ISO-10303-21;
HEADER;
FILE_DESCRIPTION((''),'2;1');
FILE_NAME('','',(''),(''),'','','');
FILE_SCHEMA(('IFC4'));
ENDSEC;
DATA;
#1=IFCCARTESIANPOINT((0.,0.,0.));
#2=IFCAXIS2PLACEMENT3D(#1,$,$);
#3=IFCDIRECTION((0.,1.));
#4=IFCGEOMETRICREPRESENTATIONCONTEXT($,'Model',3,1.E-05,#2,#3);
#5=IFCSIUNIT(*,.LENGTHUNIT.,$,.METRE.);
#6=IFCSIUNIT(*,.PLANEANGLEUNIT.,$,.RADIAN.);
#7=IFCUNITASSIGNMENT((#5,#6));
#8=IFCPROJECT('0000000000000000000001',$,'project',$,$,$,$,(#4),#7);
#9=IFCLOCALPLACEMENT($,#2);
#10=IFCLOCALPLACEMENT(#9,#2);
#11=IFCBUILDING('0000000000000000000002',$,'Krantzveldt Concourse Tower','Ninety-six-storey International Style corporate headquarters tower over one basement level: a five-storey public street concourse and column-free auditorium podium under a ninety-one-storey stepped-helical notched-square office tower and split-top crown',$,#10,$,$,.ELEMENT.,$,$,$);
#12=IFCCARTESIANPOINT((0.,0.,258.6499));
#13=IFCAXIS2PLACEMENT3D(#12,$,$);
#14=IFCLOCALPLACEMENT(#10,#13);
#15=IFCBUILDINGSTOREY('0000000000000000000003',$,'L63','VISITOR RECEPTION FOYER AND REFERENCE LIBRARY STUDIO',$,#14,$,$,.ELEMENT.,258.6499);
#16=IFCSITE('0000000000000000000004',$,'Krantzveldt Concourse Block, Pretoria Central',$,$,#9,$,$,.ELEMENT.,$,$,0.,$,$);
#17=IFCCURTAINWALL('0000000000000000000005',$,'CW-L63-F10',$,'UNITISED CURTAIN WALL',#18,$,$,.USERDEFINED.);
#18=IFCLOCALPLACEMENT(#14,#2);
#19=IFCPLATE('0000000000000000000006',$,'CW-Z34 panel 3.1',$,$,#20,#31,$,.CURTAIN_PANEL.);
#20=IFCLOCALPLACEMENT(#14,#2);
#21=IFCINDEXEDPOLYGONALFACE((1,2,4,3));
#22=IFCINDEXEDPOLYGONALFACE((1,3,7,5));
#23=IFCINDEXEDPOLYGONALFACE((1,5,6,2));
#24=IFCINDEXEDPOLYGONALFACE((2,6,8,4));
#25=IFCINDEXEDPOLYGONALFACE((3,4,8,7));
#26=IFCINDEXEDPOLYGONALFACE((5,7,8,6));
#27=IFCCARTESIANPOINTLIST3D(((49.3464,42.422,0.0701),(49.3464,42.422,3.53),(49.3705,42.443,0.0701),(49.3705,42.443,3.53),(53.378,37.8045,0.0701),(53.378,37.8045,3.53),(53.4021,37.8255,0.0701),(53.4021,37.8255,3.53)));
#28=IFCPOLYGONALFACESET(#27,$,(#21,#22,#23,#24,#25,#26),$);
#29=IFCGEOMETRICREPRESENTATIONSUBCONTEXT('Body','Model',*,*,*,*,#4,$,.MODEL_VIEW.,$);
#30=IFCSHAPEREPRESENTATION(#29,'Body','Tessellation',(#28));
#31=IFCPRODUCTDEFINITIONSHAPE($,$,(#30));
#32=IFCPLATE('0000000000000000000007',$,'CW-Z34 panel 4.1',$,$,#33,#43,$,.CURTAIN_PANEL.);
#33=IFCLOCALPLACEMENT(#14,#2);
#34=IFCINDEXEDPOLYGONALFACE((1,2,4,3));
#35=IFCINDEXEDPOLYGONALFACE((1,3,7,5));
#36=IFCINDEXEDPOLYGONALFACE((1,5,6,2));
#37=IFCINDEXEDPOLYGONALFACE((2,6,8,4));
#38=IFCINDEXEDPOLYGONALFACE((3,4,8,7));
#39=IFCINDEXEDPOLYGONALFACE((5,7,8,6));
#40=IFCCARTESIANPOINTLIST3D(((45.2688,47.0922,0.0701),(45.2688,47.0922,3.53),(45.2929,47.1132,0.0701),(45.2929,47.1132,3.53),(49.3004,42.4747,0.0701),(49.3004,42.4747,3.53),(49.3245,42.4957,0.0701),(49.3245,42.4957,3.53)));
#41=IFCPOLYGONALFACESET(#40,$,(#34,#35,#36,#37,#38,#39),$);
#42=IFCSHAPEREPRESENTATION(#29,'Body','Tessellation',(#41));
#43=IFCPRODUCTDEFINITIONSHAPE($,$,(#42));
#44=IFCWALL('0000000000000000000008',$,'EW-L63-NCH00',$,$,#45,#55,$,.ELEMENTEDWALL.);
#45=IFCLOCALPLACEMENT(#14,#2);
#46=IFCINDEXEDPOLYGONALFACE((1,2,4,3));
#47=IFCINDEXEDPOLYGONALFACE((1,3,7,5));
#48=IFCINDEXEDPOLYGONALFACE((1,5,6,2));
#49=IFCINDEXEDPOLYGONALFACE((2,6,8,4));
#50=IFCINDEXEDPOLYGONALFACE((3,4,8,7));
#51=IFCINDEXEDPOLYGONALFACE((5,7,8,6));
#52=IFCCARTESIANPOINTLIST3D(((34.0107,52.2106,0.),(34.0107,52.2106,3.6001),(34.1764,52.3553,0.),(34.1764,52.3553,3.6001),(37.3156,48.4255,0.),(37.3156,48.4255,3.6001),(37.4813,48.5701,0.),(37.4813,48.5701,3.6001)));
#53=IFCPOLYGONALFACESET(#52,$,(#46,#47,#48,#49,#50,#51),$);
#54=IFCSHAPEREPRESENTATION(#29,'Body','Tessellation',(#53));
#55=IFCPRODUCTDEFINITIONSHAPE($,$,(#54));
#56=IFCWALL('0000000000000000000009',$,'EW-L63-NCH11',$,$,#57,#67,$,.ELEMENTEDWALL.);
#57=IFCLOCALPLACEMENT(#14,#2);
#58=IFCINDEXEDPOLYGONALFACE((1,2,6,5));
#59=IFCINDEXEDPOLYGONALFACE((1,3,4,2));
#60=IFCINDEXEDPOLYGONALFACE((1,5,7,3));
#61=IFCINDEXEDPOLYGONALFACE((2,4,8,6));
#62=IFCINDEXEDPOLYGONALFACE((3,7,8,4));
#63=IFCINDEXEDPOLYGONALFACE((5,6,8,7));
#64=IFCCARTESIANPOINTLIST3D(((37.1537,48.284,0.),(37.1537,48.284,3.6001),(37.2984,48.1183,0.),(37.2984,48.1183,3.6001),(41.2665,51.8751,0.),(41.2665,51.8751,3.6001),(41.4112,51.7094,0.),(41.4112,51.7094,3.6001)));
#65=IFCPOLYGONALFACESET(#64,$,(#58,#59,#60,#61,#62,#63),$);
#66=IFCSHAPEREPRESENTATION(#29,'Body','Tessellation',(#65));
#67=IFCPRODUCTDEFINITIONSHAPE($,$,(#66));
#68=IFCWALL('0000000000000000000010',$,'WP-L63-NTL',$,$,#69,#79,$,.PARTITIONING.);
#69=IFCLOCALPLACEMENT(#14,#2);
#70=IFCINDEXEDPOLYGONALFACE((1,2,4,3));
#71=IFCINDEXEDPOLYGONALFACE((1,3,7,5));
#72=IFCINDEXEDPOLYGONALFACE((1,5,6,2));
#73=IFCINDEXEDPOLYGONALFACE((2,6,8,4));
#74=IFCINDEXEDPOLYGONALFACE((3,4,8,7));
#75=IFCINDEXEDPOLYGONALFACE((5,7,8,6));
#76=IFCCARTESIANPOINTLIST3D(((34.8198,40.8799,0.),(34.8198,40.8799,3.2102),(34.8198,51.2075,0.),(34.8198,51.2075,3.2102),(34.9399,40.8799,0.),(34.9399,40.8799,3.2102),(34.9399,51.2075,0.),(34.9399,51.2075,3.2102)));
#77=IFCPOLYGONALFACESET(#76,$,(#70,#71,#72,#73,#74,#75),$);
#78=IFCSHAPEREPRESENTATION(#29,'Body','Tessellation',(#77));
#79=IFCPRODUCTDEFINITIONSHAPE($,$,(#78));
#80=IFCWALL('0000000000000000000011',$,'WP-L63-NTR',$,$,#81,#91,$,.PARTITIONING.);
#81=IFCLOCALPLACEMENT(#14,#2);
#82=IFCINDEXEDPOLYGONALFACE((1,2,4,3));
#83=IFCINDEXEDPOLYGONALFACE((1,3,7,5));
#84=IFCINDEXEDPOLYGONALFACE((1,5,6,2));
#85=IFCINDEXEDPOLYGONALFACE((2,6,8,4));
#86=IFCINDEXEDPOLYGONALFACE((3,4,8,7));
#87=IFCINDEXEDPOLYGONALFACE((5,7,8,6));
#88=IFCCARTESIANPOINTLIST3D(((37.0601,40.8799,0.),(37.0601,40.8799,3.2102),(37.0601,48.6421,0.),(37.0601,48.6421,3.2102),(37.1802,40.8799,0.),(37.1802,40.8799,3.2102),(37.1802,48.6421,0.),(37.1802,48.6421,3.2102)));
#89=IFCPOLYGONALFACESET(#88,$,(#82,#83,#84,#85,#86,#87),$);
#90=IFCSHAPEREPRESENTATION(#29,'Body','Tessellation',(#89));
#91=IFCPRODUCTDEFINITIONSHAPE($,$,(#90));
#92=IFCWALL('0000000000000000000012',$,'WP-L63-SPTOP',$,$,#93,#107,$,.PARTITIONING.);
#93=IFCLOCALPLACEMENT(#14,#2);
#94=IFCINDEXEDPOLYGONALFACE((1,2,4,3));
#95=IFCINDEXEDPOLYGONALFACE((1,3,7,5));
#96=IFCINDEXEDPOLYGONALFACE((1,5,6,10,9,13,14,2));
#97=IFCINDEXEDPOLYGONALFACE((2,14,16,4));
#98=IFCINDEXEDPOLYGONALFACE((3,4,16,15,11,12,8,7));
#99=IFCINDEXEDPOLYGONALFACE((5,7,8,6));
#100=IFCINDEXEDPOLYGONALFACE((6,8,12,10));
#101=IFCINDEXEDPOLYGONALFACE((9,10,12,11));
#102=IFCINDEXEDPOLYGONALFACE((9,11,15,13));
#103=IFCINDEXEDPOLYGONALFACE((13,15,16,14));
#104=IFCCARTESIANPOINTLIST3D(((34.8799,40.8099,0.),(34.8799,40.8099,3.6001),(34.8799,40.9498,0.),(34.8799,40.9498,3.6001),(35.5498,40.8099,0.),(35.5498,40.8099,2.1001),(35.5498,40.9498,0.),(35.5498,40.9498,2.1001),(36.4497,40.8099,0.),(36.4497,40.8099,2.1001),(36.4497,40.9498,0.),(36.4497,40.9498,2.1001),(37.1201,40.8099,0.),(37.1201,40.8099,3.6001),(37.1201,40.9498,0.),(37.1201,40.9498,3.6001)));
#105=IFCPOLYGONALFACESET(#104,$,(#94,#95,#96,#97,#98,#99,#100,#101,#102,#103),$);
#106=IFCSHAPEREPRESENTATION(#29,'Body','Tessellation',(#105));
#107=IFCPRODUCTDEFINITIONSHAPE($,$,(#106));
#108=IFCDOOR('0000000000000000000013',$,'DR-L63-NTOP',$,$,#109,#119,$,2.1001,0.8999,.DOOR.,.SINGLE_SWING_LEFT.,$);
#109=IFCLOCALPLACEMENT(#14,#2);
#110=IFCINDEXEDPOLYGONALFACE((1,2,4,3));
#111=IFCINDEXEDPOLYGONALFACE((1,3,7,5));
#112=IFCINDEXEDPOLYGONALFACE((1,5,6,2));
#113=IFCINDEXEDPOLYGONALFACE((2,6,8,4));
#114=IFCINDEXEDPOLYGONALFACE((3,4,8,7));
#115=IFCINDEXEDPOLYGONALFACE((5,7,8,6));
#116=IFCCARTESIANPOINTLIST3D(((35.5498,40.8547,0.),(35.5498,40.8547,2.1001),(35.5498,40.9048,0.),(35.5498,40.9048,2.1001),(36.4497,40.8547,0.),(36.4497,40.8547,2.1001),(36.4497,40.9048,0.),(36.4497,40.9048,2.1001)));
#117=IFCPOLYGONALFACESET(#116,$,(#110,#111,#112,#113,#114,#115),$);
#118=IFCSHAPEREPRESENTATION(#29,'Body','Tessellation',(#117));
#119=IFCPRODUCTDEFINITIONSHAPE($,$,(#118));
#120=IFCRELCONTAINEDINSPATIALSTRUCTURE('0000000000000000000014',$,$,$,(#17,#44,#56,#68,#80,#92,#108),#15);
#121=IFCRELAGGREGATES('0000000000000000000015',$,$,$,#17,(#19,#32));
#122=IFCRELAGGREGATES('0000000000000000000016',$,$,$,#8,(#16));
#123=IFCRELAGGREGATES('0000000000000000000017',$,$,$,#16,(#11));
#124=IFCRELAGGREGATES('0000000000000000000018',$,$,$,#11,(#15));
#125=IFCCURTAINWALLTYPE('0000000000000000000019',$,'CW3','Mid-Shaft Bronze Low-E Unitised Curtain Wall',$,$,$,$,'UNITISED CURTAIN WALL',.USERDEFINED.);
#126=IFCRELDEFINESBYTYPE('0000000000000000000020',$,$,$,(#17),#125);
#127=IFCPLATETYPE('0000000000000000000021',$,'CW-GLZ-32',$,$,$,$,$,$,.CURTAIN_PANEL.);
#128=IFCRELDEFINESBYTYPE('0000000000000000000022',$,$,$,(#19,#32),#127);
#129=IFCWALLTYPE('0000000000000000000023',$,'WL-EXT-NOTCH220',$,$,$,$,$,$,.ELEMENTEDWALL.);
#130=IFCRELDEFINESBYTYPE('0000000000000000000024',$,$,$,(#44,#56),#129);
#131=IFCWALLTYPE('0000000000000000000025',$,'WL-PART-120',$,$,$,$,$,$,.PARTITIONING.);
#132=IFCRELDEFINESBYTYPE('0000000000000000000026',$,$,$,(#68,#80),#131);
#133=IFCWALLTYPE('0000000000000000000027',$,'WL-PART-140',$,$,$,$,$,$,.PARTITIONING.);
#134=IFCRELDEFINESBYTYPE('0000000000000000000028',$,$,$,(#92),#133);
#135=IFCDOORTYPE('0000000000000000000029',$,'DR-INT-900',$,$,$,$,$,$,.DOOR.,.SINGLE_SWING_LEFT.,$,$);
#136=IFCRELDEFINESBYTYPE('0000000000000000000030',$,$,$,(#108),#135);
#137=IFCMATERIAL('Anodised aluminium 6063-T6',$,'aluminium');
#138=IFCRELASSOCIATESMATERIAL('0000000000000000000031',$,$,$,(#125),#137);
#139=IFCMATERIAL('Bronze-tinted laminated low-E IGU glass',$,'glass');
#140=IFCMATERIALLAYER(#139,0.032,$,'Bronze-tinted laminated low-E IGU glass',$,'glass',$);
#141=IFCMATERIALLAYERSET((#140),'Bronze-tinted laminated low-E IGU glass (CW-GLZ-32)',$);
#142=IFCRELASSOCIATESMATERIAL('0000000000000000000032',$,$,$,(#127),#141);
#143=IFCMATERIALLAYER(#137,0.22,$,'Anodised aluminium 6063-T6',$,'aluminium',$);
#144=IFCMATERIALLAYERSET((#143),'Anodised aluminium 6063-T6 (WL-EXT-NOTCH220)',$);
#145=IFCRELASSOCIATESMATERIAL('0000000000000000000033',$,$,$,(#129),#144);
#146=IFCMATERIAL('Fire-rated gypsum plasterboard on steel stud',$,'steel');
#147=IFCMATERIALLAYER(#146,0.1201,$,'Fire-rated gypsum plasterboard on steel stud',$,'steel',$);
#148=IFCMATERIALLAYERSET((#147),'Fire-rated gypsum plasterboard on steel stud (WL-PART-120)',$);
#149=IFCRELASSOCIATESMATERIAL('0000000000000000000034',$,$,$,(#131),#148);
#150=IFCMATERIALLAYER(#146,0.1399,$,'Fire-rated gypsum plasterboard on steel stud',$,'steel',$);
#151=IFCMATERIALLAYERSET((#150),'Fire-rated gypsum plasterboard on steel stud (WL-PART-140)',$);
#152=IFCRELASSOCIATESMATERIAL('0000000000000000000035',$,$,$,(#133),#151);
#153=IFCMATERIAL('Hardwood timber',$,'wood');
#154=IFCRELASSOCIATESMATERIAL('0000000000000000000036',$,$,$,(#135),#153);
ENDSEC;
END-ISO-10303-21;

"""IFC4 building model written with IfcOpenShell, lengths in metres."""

from ifc_helpers import new_model, si_unit, direction, frame, frame_2d, origin, origin_2d, place, context, subcontext, project, spatial, rectangle, extrude, source, transform, mapped, material, layer, layer_set, type_object, element, fill, aggregate, save


model = new_model("IFC4")

# Units and contexts
model_context = context("Model", 3, precision=1e-05, world=origin(), true_north=direction((0.0, 1.0)))
body_context = subcontext(model_context, "Body", "Model", "MODEL_VIEW")
ifc_project = project(units=[si_unit("LENGTHUNIT", "METRE"), si_unit("PLANEANGLEUNIT", "RADIAN")], contexts=[model_context])

# Site, building, storey
site_placement = place(None, origin())
site = spatial("IfcSite", under=ifc_project, at=site_placement, Name="Krantzveldt Concourse Block, Pretoria Central", CompositionType="ELEMENT", RefElevation=0.0)
building_placement = place(site_placement, origin())
building = spatial("IfcBuilding", under=site, at=building_placement, Name="Krantzveldt Concourse Tower", Description="Ninety-six-storey International Style corporate headquarters tower over one basement level: a five-storey public street concourse and column-free auditorium podium under a ninety-one-storey stepped-helical notched-square office tower and split-top crown", CompositionType="ELEMENT")
storey_placement = place(building_placement, frame((0.0, 0.0, 258.6499)))
storey = spatial("IfcBuildingStorey", under=building, at=storey_placement, Name="L63", Description="VISITOR RECEPTION FOYER AND REFERENCE LIBRARY STUDIO", CompositionType="ELEMENT", Elevation=258.6499)

# Shared definitions
ifc_material_1 = material(Name="Anodised aluminium 6063-T6", Category="aluminium")
curtain_wall_type = type_object("IfcCurtainWallType", Name="CW3", Description="Mid-Shaft Bronze Low-E Unitised Curtain Wall", ElementType="UNITISED CURTAIN WALL", PredefinedType="USERDEFINED", material=ifc_material_1)

# Curtain wall
curtain_wall_1_placement = place(storey_placement, origin())
curtain_wall_1 = element("IfcCurtainWall", 1, at=curtain_wall_1_placement, inside=storey, type_object=curtain_wall_type, Name="CW-L63-F10", ObjectType="UNITISED CURTAIN WALL", PredefinedType="USERDEFINED")

# Plates
ifc_material_2 = material(Name="Bronze-tinted laminated low-E IGU glass", Category="glass")
ifc_layer_1 = layer(ifc_material_2, 0.032, Name="Bronze-tinted laminated low-E IGU glass", Category="glass")
ifc_layer_set_1 = layer_set([ifc_layer_1], Name="Bronze-tinted laminated low-E IGU glass (CW-GLZ-32)")
plate_type = type_object("IfcPlateType", Name="CW-GLZ-32", PredefinedType="CURTAIN_PANEL", material=ifc_layer_set_1)
shared_shape_1 = source(origin(), body_context, "Body", "SweptSolid", [
    extrude(rectangle(XDim=6.1299, YDim=0.032, at=origin_2d()), origin(), (0.0, 0.0, 1.0), 3.46),
])
plate_1_placement = place(storey_placement, frame((51.3743, 40.1238, 0.0701), z_axis=(0.0, 0.0, 1.0), x_axis=(-0.657704, 0.753277, 0.0)))
plate_1 = element("IfcPlate", 2, at=plate_1_placement, type_object=plate_type, Name="CW-Z34 panel 3.1", PredefinedType="CURTAIN_PANEL", context=body_context, shape_type="MappedRepresentation", body=[
    mapped(shared_shape_1, transform((0.0, 0.0, 0.0), x_axis=(1.0, 0.0, 0.0), y_axis=(0.0, 1.0, 0.0), z_axis=(0.0, 0.0, 1.0), scale=1.0)),
])
plate_2_placement = place(storey_placement, frame((47.2966, 44.7939, 0.0701), z_axis=(0.0, 0.0, 1.0), x_axis=(-0.657704, 0.753277, 0.0)))
plate_2 = element("IfcPlate", 3, at=plate_2_placement, type_object=plate_type, Name="CW-Z34 panel 4.1", PredefinedType="CURTAIN_PANEL", context=body_context, shape_type="MappedRepresentation", body=[
    mapped(shared_shape_1, transform((0.0, 0.0, 0.0), x_axis=(1.0, 0.0, 0.0), y_axis=(0.0, 1.0, 0.0), z_axis=(0.0, 0.0, 1.0), scale=1.0)),
])
aggregate(curtain_wall_1, [plate_1, plate_2])

# Walls
ifc_layer_2 = layer(ifc_material_1, 0.22, Name="Anodised aluminium 6063-T6", Category="aluminium")
ifc_layer_set_2 = layer_set([ifc_layer_2], Name="Anodised aluminium 6063-T6 (WL-EXT-NOTCH220)")
wall_type_1 = type_object("IfcWallType", Name="WL-EXT-NOTCH220", PredefinedType="ELEMENTEDWALL", material=ifc_layer_set_2)
wall_1_placement = place(storey_placement, frame((37.3984, 48.4978, 0.0), z_axis=(0.0, 0.0, 1.0), x_axis=(-0.657706, 0.753275, 0.0)))
element("IfcWall", 4, at=wall_1_placement, inside=storey, type_object=wall_type_1, Name="EW-L63-NCH00", PredefinedType="ELEMENTEDWALL", context=body_context, shape_type="SweptSolid", body=[
    extrude(rectangle(XDim=5.0249, YDim=0.22, at=frame_2d((2.5125, 0.0))), origin(), (0.0, 0.0, 1.0), 3.6001),
])
wall_2_placement = place(storey_placement, frame((41.3389, 51.7922, 0.0), z_axis=(0.0, 0.0, 1.0), x_axis=(-0.753269, -0.657713, 0.0)))
element("IfcWall", 5, at=wall_2_placement, inside=storey, type_object=wall_type_1, Name="EW-L63-NCH11", PredefinedType="ELEMENTEDWALL", context=body_context, shape_type="SweptSolid", body=[
    extrude(rectangle(XDim=5.46, YDim=0.22, at=frame_2d((2.73, 0.0))), origin(), (0.0, 0.0, 1.0), 3.6001),
])
ifc_material_3 = material(Name="Fire-rated gypsum plasterboard on steel stud", Category="steel")
ifc_layer_3 = layer(ifc_material_3, 0.1201, Name="Fire-rated gypsum plasterboard on steel stud", Category="steel")
ifc_layer_set_3 = layer_set([ifc_layer_3], Name="Fire-rated gypsum plasterboard on steel stud (WL-PART-120)")
wall_type_2 = type_object("IfcWallType", Name="WL-PART-120", PredefinedType="PARTITIONING", material=ifc_layer_set_3)
wall_3_placement = place(storey_placement, frame((34.8799, 40.8799, 0.0), z_axis=(0.0, 0.0, 1.0), x_axis=(0.0, 1.0, 0.0)))
element("IfcWall", 6, at=wall_3_placement, inside=storey, type_object=wall_type_2, Name="WP-L63-NTL", PredefinedType="PARTITIONING", context=body_context, shape_type="SweptSolid", body=[
    extrude(rectangle(XDim=10.3276, YDim=0.1201, at=frame_2d((5.1638, 0.0))), origin(), (0.0, 0.0, 1.0), 3.2102),
])
wall_4_placement = place(storey_placement, frame((37.1201, 40.8799, 0.0), z_axis=(0.0, 0.0, 1.0), x_axis=(0.0, 1.0, 0.0)))
element("IfcWall", 7, at=wall_4_placement, inside=storey, type_object=wall_type_2, Name="WP-L63-NTR", PredefinedType="PARTITIONING", context=body_context, shape_type="SweptSolid", body=[
    extrude(rectangle(XDim=7.7622, YDim=0.1201, at=frame_2d((3.8811, 0.0))), origin(), (0.0, 0.0, 1.0), 3.2102),
])

# Wall, opening, door
ifc_layer_4 = layer(ifc_material_3, 0.1399, Name="Fire-rated gypsum plasterboard on steel stud", Category="steel")
ifc_layer_set_4 = layer_set([ifc_layer_4], Name="Fire-rated gypsum plasterboard on steel stud (WL-PART-140)")
wall_type_3 = type_object("IfcWallType", Name="WL-PART-140", PredefinedType="PARTITIONING", material=ifc_layer_set_4)
wall_5_placement = place(storey_placement, frame((34.8799, 40.8799, 0.0), z_axis=(0.0, 0.0, 1.0), x_axis=(1.0, 0.0, 0.0)))
wall_5 = element("IfcWall", 8, at=wall_5_placement, inside=storey, type_object=wall_type_3, Name="WP-L63-SPTOP", PredefinedType="PARTITIONING", context=body_context, shape_type="SweptSolid", body=[
    extrude(rectangle(XDim=2.2402, YDim=0.1399, at=frame_2d((1.1201, 0.0))), origin(), (0.0, 0.0, 1.0), 3.6001),
])
opening_placement = place(wall_5_placement, frame((0.6699, 0.0, 0.0)))
opening = element("IfcOpeningElement", 9, at=opening_placement, cuts=wall_5, PredefinedType="OPENING", context=body_context, shape_type="SweptSolid", body=[
    extrude(rectangle(XDim=0.8999, YDim=2.1001, at=frame_2d((0.45, 1.05))), frame((0.0, 0.0801, 0.0), z_axis=(0.0, -1.0, 0.0), x_axis=(1.0, 0.0, 0.0)), (0.0, 0.0, 1.0), 0.1599),
])
ifc_material_4 = material(Name="Hardwood timber", Category="wood")
door_type = type_object("IfcDoorType", Name="DR-INT-900", OperationType="SINGLE_SWING_LEFT", PredefinedType="DOOR", material=ifc_material_4)
door_placement = place(opening_placement, origin())
door = element("IfcDoor", 10, at=door_placement, inside=storey, type_object=door_type, Name="DR-L63-NTOP", OperationType="SINGLE_SWING_LEFT", OverallHeight=2.1001, OverallWidth=0.8999, PredefinedType="DOOR", context=body_context, shape_type="SweptSolid", body=[
    extrude(rectangle(XDim=0.8999, YDim=2.1001, at=frame_2d((0.45, 1.05))), frame((0.0, 0.0249, 0.0), z_axis=(0.0, -1.0, 0.0), x_axis=(1.0, 0.0, 0.0)), (0.0, 0.0, 1.0), 0.05),
])
fill(opening, door)

save(model, "model.ifc")
